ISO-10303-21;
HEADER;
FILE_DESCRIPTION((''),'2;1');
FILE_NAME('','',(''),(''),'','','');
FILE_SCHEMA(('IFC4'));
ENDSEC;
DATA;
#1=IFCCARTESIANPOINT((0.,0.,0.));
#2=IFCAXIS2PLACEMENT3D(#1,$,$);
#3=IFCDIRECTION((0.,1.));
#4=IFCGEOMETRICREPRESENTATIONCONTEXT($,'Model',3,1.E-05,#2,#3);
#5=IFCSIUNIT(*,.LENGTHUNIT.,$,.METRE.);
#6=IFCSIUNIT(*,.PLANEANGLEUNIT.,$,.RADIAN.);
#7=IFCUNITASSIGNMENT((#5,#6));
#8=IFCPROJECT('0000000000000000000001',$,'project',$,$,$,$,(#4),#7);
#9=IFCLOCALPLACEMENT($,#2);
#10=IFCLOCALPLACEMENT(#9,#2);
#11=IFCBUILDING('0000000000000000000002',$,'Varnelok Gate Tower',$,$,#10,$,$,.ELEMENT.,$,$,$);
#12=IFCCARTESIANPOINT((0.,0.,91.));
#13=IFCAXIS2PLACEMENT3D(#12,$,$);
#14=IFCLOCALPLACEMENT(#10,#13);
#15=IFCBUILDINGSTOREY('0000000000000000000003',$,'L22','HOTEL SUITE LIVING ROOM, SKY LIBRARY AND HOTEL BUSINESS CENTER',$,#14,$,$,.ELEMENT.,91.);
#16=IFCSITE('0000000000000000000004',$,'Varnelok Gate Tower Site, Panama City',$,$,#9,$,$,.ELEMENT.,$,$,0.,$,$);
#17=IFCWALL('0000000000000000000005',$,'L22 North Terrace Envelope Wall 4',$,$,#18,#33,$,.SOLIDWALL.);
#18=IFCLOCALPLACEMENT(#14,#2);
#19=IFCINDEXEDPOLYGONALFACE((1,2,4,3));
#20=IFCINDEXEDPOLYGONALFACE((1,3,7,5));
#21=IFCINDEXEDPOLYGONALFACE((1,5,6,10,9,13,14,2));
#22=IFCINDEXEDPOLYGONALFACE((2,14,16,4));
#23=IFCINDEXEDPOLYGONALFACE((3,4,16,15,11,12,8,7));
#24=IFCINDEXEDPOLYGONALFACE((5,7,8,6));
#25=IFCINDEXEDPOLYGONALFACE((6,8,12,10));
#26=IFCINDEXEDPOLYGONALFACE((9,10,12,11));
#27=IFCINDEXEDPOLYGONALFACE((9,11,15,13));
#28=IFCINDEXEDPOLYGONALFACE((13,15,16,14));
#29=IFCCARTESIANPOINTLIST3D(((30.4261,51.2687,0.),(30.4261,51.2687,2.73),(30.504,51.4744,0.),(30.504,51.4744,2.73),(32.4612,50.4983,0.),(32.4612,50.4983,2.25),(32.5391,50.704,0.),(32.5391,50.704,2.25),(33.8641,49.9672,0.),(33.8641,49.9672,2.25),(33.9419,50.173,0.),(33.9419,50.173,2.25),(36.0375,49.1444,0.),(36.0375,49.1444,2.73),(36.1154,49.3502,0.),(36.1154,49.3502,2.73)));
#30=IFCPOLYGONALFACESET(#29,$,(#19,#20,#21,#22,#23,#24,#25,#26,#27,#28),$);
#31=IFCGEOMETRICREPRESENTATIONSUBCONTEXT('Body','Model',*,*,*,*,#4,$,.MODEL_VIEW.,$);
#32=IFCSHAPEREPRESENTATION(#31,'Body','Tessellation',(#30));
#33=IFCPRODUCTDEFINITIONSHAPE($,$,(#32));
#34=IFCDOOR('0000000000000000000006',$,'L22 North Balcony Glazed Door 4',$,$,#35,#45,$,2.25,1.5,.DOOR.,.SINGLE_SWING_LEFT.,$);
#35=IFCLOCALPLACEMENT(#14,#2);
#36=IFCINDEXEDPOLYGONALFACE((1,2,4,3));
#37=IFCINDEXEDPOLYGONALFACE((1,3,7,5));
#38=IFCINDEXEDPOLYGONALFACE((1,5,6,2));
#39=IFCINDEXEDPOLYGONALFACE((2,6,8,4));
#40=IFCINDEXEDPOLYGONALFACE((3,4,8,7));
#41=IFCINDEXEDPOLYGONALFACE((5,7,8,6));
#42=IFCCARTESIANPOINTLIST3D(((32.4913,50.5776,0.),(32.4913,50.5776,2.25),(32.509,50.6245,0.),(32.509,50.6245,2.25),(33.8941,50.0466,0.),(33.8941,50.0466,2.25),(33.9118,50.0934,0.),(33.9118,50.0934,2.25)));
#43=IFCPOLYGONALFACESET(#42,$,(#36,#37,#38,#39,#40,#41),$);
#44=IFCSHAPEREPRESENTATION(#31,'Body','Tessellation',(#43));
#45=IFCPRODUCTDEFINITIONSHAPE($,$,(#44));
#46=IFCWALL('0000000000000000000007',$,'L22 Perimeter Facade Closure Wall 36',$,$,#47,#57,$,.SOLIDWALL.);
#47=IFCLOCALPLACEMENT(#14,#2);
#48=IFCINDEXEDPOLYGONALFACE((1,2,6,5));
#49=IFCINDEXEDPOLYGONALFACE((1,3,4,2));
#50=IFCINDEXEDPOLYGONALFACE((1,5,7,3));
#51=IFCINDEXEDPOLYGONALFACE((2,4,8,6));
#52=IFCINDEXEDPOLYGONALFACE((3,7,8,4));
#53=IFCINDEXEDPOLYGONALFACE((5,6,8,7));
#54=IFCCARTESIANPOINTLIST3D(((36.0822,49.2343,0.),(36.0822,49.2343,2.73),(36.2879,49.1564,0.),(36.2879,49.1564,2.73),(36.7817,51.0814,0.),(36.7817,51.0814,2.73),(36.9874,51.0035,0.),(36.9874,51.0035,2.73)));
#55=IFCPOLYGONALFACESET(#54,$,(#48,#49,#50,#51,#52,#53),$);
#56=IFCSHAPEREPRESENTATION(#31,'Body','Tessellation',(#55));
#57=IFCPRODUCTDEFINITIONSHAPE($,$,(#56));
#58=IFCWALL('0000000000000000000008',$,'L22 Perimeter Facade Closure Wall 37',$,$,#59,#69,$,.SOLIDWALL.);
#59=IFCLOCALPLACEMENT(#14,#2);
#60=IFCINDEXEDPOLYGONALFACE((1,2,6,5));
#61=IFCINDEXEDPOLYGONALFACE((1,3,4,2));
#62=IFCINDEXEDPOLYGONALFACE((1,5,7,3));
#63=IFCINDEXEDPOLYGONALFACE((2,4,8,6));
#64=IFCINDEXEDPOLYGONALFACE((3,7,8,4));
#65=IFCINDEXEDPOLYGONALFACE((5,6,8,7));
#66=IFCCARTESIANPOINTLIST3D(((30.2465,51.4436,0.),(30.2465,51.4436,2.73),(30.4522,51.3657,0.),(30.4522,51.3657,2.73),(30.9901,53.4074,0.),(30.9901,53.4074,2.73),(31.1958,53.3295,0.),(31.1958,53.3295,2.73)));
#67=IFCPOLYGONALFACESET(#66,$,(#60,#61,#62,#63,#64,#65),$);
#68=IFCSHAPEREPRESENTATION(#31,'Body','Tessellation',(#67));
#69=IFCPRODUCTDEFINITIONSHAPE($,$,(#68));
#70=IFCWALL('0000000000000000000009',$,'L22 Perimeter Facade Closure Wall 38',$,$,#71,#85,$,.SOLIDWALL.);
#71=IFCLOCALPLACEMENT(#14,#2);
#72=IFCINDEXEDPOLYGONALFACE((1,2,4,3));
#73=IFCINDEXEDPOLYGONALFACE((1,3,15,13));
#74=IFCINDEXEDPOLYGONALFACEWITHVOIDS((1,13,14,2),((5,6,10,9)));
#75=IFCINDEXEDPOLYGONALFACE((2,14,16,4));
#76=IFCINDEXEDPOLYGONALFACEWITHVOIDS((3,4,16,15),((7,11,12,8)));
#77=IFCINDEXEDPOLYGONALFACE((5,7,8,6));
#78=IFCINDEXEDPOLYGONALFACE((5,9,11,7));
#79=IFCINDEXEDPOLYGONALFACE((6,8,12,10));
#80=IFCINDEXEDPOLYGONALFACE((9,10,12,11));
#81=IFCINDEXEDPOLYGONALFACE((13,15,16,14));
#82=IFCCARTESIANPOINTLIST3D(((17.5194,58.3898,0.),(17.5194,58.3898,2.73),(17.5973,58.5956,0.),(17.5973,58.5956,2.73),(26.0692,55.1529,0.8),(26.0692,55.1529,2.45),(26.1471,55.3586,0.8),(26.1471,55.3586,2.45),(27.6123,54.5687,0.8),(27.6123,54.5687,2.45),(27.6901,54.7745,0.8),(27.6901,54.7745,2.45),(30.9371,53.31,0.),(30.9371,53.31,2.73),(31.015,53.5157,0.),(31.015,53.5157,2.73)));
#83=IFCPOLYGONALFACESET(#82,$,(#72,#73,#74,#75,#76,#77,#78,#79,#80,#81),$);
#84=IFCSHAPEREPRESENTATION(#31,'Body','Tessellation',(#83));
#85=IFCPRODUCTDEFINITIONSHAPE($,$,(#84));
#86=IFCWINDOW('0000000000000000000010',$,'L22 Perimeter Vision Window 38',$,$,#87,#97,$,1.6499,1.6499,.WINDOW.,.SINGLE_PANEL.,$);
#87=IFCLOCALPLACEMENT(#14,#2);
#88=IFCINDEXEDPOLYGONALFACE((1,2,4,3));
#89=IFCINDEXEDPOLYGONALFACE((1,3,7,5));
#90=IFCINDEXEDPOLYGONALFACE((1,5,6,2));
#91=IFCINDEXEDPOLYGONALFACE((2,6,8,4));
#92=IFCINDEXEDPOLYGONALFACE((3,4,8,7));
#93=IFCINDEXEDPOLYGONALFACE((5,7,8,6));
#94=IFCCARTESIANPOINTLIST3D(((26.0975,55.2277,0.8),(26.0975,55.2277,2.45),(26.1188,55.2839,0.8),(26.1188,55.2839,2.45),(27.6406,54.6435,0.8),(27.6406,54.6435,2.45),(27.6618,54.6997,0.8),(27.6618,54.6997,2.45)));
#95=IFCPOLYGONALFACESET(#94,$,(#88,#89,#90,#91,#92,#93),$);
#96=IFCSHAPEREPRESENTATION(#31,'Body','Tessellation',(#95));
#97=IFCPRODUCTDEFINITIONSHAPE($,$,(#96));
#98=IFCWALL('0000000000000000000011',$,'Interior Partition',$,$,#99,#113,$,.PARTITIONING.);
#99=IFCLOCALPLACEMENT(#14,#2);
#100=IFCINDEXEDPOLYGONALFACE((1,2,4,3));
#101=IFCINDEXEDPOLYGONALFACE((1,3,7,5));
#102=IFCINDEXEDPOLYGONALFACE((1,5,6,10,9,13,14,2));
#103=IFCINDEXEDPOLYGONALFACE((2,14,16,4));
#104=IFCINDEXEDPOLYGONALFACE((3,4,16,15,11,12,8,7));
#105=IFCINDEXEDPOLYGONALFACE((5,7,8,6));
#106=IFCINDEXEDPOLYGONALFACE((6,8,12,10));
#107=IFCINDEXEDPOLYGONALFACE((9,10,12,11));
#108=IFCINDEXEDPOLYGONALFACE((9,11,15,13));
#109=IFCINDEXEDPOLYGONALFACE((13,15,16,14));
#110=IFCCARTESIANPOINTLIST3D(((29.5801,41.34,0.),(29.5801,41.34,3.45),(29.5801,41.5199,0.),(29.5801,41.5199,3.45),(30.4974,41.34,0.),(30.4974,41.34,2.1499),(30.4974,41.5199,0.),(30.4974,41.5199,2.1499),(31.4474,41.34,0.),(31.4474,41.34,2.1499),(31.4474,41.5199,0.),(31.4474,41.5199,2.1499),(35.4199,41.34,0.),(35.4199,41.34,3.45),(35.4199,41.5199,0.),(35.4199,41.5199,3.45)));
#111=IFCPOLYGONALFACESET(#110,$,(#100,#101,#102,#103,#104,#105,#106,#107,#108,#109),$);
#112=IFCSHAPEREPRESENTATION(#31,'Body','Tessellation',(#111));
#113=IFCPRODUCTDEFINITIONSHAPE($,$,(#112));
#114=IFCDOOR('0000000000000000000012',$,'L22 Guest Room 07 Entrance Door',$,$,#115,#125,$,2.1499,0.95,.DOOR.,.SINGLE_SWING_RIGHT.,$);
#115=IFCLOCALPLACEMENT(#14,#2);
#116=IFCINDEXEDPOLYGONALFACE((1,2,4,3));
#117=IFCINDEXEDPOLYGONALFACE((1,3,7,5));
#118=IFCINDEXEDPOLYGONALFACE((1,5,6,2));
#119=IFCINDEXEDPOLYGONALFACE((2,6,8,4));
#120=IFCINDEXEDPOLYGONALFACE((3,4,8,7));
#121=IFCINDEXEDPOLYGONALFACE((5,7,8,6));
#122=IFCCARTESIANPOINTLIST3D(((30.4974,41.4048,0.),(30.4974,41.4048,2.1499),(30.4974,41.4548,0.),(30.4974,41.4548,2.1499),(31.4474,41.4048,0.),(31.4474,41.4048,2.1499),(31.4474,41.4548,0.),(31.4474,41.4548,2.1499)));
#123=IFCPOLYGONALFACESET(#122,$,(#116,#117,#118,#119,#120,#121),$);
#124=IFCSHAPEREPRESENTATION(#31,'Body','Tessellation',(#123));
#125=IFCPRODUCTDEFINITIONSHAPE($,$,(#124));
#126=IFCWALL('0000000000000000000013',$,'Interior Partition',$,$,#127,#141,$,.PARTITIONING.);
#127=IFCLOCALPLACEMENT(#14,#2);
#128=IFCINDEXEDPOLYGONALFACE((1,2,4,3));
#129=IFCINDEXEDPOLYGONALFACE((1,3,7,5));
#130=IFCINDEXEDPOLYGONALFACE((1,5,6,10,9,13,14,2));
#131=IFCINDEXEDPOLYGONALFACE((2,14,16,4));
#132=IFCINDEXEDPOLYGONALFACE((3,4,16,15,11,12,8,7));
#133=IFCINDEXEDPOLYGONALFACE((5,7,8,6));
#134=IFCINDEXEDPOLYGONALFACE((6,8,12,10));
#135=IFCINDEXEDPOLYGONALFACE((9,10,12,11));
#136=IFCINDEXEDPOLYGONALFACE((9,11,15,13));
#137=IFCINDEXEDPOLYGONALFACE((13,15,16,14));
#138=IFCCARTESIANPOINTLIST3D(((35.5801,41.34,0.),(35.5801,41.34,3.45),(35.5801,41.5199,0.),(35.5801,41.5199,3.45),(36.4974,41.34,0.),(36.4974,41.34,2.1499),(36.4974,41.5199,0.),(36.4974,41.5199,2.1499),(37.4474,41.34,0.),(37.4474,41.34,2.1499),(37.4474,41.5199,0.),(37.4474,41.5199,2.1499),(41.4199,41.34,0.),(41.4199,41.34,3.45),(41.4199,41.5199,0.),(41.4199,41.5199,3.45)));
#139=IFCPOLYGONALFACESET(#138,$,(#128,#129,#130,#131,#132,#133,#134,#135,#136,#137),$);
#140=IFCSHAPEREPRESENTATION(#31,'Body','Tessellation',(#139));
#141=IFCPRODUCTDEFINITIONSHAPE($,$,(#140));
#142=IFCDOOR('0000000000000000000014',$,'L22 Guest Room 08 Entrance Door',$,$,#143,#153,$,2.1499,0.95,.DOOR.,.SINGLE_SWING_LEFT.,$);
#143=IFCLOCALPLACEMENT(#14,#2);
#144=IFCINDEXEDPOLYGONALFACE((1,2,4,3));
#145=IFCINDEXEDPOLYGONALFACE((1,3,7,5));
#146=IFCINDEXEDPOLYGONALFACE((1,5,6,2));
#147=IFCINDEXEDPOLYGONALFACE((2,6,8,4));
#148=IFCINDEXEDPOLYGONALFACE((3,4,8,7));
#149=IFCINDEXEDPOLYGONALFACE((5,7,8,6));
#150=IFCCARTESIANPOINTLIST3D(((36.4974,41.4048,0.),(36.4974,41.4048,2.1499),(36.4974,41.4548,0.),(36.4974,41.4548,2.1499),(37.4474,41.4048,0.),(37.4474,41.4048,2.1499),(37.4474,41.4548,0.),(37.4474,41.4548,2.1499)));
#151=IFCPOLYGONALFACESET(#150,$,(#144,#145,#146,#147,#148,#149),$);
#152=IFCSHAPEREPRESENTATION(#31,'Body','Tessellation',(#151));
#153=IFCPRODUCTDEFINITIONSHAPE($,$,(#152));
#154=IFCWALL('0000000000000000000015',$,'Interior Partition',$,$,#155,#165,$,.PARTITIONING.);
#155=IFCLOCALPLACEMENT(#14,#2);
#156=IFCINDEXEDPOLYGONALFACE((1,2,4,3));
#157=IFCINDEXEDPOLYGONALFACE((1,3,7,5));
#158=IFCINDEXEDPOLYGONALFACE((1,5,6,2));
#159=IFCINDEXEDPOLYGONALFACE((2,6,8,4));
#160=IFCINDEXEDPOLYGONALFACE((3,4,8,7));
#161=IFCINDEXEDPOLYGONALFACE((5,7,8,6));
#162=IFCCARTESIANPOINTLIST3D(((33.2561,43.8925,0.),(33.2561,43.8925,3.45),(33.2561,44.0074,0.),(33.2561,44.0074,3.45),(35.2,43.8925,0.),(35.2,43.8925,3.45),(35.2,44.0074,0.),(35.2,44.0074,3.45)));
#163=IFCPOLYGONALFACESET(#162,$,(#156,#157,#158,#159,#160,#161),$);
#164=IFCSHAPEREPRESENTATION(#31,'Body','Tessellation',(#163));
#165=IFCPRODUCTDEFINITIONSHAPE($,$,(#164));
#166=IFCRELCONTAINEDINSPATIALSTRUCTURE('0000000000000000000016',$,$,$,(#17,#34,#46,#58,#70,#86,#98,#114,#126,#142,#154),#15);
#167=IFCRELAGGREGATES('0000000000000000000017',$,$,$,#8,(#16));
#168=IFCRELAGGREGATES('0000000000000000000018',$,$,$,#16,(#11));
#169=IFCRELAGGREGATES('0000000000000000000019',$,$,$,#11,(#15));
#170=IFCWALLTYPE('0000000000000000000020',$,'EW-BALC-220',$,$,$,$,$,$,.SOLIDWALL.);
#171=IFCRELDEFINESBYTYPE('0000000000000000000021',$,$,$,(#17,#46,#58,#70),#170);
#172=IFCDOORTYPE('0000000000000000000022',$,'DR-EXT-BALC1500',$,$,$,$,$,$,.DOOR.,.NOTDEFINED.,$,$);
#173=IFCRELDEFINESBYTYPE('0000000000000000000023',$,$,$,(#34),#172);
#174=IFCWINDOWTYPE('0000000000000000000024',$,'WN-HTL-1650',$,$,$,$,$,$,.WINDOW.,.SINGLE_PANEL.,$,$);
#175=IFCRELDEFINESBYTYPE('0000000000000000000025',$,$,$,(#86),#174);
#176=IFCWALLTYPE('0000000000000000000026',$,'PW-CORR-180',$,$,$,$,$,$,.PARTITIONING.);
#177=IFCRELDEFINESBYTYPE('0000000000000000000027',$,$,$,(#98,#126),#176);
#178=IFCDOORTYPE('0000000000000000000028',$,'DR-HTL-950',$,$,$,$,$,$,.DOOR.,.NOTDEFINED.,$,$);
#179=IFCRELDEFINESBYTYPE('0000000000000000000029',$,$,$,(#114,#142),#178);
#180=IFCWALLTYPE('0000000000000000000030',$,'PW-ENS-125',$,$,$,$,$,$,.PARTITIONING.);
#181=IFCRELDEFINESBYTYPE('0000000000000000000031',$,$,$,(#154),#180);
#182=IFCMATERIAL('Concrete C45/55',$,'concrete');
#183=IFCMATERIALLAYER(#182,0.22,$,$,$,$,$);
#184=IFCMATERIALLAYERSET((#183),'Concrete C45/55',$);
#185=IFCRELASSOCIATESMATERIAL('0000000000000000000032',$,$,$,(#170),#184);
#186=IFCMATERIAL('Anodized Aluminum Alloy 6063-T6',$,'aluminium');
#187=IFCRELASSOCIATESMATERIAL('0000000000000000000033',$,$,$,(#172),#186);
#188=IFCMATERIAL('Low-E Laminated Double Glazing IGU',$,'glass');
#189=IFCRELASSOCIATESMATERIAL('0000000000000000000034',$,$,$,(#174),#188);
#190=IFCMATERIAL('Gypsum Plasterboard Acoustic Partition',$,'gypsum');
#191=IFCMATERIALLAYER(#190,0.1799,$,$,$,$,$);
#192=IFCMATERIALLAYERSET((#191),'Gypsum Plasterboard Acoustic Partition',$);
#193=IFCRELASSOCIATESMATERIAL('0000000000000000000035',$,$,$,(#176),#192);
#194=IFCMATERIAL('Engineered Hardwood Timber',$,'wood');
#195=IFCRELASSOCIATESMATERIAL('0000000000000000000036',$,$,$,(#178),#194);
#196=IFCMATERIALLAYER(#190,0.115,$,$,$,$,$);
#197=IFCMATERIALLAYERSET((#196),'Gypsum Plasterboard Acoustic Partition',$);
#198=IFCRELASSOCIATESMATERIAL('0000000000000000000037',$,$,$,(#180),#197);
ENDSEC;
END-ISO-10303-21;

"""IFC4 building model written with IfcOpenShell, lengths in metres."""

from ifc_helpers import new_model, si_unit, direction, frame, frame_2d, origin, place, context, subcontext, project, spatial, rectangle, extrude, material, layer, layer_set, type_object, element, fill, save


model = new_model("IFC4")

# Units and contexts
model_context = context("Model", 3, precision=1e-05, world=origin(), true_north=direction((0.0, 1.0)))
body_context = subcontext(model_context, "Body", "Model", "MODEL_VIEW")
ifc_project = project(units=[si_unit("LENGTHUNIT", "METRE"), si_unit("PLANEANGLEUNIT", "RADIAN")], contexts=[model_context])

# Site, building, storey
site_placement = place(None, origin())
site = spatial("IfcSite", under=ifc_project, at=site_placement, Name="Varnelok Gate Tower Site, Panama City", CompositionType="ELEMENT", RefElevation=0.0)
building_placement = place(site_placement, origin())
building = spatial("IfcBuilding", under=site, at=building_placement, Name="Varnelok Gate Tower", CompositionType="ELEMENT")
storey_placement = place(building_placement, frame((0.0, 0.0, 91.0)))
storey = spatial("IfcBuildingStorey", under=building, at=storey_placement, Name="L22", Description="HOTEL SUITE LIVING ROOM, SKY LIBRARY AND HOTEL BUSINESS CENTER", CompositionType="ELEMENT", Elevation=91.0)

# Wall, opening, door
ifc_material_1 = material(Name="Concrete C45/55", Category="concrete")
ifc_layer_1 = layer(ifc_material_1, 0.22)
ifc_layer_set_1 = layer_set([ifc_layer_1], Name="Concrete C45/55")
wall_type_1 = type_object("IfcWallType", Name="EW-BALC-220", PredefinedType="SOLIDWALL", material=ifc_layer_set_1)
wall_1_placement = place(storey_placement, frame((30.4651, 51.3716, 0.0), z_axis=(0.0, 0.0, 1.0), x_axis=(0.935228, -0.354047, 0.0)))
wall_1 = element("IfcWall", 1, at=wall_1_placement, inside=storey, type_object=wall_type_1, Name="L22 North Terrace Envelope Wall 4", PredefinedType="SOLIDWALL", context=body_context, shape_type="SweptSolid", body=[
    extrude(rectangle(XDim=6.0, YDim=0.22, at=frame_2d((3.0, 0.0))), origin(), (0.0, 0.0, 1.0), 2.73),
])
opening_1_placement = place(wall_1_placement, frame((2.176, 0.0, 0.0)))
opening_1 = element("IfcOpeningElement", 2, at=opening_1_placement, cuts=wall_1, PredefinedType="OPENING", context=body_context, shape_type="SweptSolid", body=[
    extrude(rectangle(XDim=1.5, YDim=2.25, at=frame_2d((0.75, 1.125))), frame((0.0, 0.1199, 0.0), z_axis=(0.0, -1.0, 0.0), x_axis=(1.0, 0.0, 0.0)), (0.0, 0.0, 1.0), 0.24),
])
ifc_material_2 = material(Name="Anodized Aluminum Alloy 6063-T6", Category="aluminium")
door_type_1 = type_object("IfcDoorType", Name="DR-EXT-BALC1500", OperationType="NOTDEFINED", PredefinedType="DOOR", material=ifc_material_2)
door_1_placement = place(opening_1_placement, origin())
door_1 = element("IfcDoor", 3, at=door_1_placement, inside=storey, type_object=door_type_1, Name="L22 North Balcony Glazed Door 4", OperationType="SINGLE_SWING_LEFT", OverallHeight=2.25, OverallWidth=1.5, PredefinedType="DOOR", context=body_context, shape_type="SweptSolid", body=[
    extrude(rectangle(XDim=1.5, YDim=2.25, at=frame_2d((0.75, 1.125))), frame((0.0, 0.0249, 0.0), z_axis=(0.0, -1.0, 0.0), x_axis=(1.0, 0.0, 0.0)), (0.0, 0.0, 1.0), 0.05),
])
fill(opening_1, door_1)

# Walls
wall_2_placement = place(storey_placement, frame((36.8845, 51.0425, 0.0), z_axis=(0.0, 0.0, 1.0), x_axis=(-0.354129, -0.935197, 0.0)))
element("IfcWall", 4, at=wall_2_placement, inside=storey, type_object=wall_type_1, Name="L22 Perimeter Facade Closure Wall 36", PredefinedType="SOLIDWALL", context=body_context, shape_type="SweptSolid", body=[
    extrude(rectangle(XDim=1.9751, YDim=0.22, at=frame_2d((0.9875, 0.0))), origin(), (0.0, 0.0, 1.0), 2.73),
])
wall_3_placement = place(storey_placement, frame((30.3494, 51.4048, 0.0), z_axis=(0.0, 0.0, 1.0), x_axis=(0.354128, 0.935197, 0.0)))
element("IfcWall", 5, at=wall_3_placement, inside=storey, type_object=wall_type_1, Name="L22 Perimeter Facade Closure Wall 37", PredefinedType="SOLIDWALL", context=body_context, shape_type="SweptSolid", body=[
    extrude(rectangle(XDim=2.0999, YDim=0.22, at=frame_2d((1.0498, 0.0))), origin(), (0.0, 0.0, 1.0), 2.73),
])

# Wall, opening, window
wall_4_placement = place(storey_placement, frame((30.9761, 53.4128, 0.0), z_axis=(0.0, 0.0, 1.0), x_axis=(-0.93522, 0.354066, 0.0)))
wall_4 = element("IfcWall", 6, at=wall_4_placement, inside=storey, type_object=wall_type_1, Name="L22 Perimeter Facade Closure Wall 38", PredefinedType="SOLIDWALL", context=body_context, shape_type="SweptSolid", body=[
    extrude(rectangle(XDim=14.3472, YDim=0.22, at=frame_2d((7.1736, 0.0))), origin(), (0.0, 0.0, 1.0), 2.73),
])
opening_2_placement = place(wall_4_placement, frame((3.5552, 0.0, 0.8)))
opening_2 = element("IfcOpeningElement", 7, at=opening_2_placement, cuts=wall_4, PredefinedType="OPENING", context=body_context, shape_type="SweptSolid", body=[
    extrude(rectangle(XDim=1.6499, YDim=1.6499, at=frame_2d((0.825, 0.825))), frame((0.0, 0.1199, 0.0), z_axis=(0.0, -1.0, 0.0), x_axis=(1.0, 0.0, 0.0)), (0.0, 0.0, 1.0), 0.24),
])
ifc_material_3 = material(Name="Low-E Laminated Double Glazing IGU", Category="glass")
window_type = type_object("IfcWindowType", Name="WN-HTL-1650", PartitioningType="SINGLE_PANEL", PredefinedType="WINDOW", material=ifc_material_3)
window_placement = place(opening_2_placement, origin())
window = element("IfcWindow", 8, at=window_placement, inside=storey, type_object=window_type, Name="L22 Perimeter Vision Window 38", OverallHeight=1.6499, OverallWidth=1.6499, PartitioningType="SINGLE_PANEL", PredefinedType="WINDOW", context=body_context, shape_type="SweptSolid", body=[
    extrude(rectangle(XDim=1.6499, YDim=1.6499, at=frame_2d((0.825, 0.825))), frame((0.0, 0.03, 0.0), z_axis=(0.0, -1.0, 0.0), x_axis=(1.0, 0.0, 0.0)), (0.0, 0.0, 1.0), 0.0601),
])
fill(opening_2, window)

# Walls, openings, doors
ifc_material_4 = material(Name="Gypsum Plasterboard Acoustic Partition", Category="gypsum")
ifc_layer_2 = layer(ifc_material_4, 0.1799)
ifc_layer_set_2 = layer_set([ifc_layer_2], Name="Gypsum Plasterboard Acoustic Partition")
wall_type_2 = type_object("IfcWallType", Name="PW-CORR-180", PredefinedType="PARTITIONING", material=ifc_layer_set_2)
wall_5_placement = place(storey_placement, frame((29.5801, 41.4299, 0.0), z_axis=(0.0, 0.0, 1.0), x_axis=(1.0, 0.0, 0.0)))
wall_5 = element("IfcWall", 9, at=wall_5_placement, inside=storey, type_object=wall_type_2, Name="Interior Partition", PredefinedType="PARTITIONING", context=body_context, shape_type="SweptSolid", body=[
    extrude(rectangle(XDim=5.8398, YDim=0.1799, at=frame_2d((2.9199, 0.0))), origin(), (0.0, 0.0, 1.0), 3.45),
])
opening_3_placement = place(wall_5_placement, frame((0.9172, 0.0, 0.0)))
opening_3 = element("IfcOpeningElement", 10, at=opening_3_placement, cuts=wall_5, PredefinedType="OPENING", context=body_context, shape_type="SweptSolid", body=[
    extrude(rectangle(XDim=0.95, YDim=2.1499, at=frame_2d((0.4751, 1.075))), frame((0.0, 0.0999, 0.0), z_axis=(0.0, -1.0, 0.0), x_axis=(1.0, 0.0, 0.0)), (0.0, 0.0, 1.0), 0.2),
])
ifc_material_5 = material(Name="Engineered Hardwood Timber", Category="wood")
door_type_2 = type_object("IfcDoorType", Name="DR-HTL-950", OperationType="NOTDEFINED", PredefinedType="DOOR", material=ifc_material_5)
door_2_placement = place(opening_3_placement, origin())
door_2 = element("IfcDoor", 11, at=door_2_placement, inside=storey, type_object=door_type_2, Name="L22 Guest Room 07 Entrance Door", OperationType="SINGLE_SWING_RIGHT", OverallHeight=2.1499, OverallWidth=0.95, PredefinedType="DOOR", context=body_context, shape_type="SweptSolid", body=[
    extrude(rectangle(XDim=0.95, YDim=2.1499, at=frame_2d((0.4751, 1.075))), frame((0.0, 0.0249, 0.0), z_axis=(0.0, -1.0, 0.0), x_axis=(1.0, 0.0, 0.0)), (0.0, 0.0, 1.0), 0.05),
])
fill(opening_3, door_2)
wall_6_placement = place(storey_placement, frame((35.5801, 41.4299, 0.0), z_axis=(0.0, 0.0, 1.0), x_axis=(1.0, 0.0, 0.0)))
wall_6 = element("IfcWall", 12, at=wall_6_placement, inside=storey, type_object=wall_type_2, Name="Interior Partition", PredefinedType="PARTITIONING", context=body_context, shape_type="SweptSolid", body=[
    extrude(rectangle(XDim=5.8398, YDim=0.1799, at=frame_2d((2.9199, 0.0))), origin(), (0.0, 0.0, 1.0), 3.45),
])
opening_4_placement = place(wall_6_placement, frame((0.9172, 0.0, 0.0)))
opening_4 = element("IfcOpeningElement", 13, at=opening_4_placement, cuts=wall_6, PredefinedType="OPENING", context=body_context, shape_type="SweptSolid", body=[
    extrude(rectangle(XDim=0.95, YDim=2.1499, at=frame_2d((0.4751, 1.075))), frame((0.0, 0.0999, 0.0), z_axis=(0.0, -1.0, 0.0), x_axis=(1.0, 0.0, 0.0)), (0.0, 0.0, 1.0), 0.2),
])
door_3_placement = place(opening_4_placement, origin())
door_3 = element("IfcDoor", 14, at=door_3_placement, inside=storey, type_object=door_type_2, Name="L22 Guest Room 08 Entrance Door", OperationType="SINGLE_SWING_LEFT", OverallHeight=2.1499, OverallWidth=0.95, PredefinedType="DOOR", context=body_context, shape_type="SweptSolid", body=[
    extrude(rectangle(XDim=0.95, YDim=2.1499, at=frame_2d((0.4751, 1.075))), frame((0.0, 0.0249, 0.0), z_axis=(0.0, -1.0, 0.0), x_axis=(1.0, 0.0, 0.0)), (0.0, 0.0, 1.0), 0.05),
])
fill(opening_4, door_3)

# Wall
ifc_layer_3 = layer(ifc_material_4, 0.115)
ifc_layer_set_3 = layer_set([ifc_layer_3], Name="Gypsum Plasterboard Acoustic Partition")
wall_type_3 = type_object("IfcWallType", Name="PW-ENS-125", PredefinedType="PARTITIONING", material=ifc_layer_set_3)
wall_7_placement = place(storey_placement, frame((33.2561, 43.95, 0.0), z_axis=(0.0, 0.0, 1.0), x_axis=(1.0, 0.0, 0.0)))
element("IfcWall", 15, at=wall_7_placement, inside=storey, type_object=wall_type_3, Name="Interior Partition", PredefinedType="PARTITIONING", context=body_context, shape_type="SweptSolid", body=[
    extrude(rectangle(XDim=1.9438, YDim=0.115, at=frame_2d((0.9719, 0.0))), origin(), (0.0, 0.0, 1.0), 3.45),
])

save(model, "model.ifc")
